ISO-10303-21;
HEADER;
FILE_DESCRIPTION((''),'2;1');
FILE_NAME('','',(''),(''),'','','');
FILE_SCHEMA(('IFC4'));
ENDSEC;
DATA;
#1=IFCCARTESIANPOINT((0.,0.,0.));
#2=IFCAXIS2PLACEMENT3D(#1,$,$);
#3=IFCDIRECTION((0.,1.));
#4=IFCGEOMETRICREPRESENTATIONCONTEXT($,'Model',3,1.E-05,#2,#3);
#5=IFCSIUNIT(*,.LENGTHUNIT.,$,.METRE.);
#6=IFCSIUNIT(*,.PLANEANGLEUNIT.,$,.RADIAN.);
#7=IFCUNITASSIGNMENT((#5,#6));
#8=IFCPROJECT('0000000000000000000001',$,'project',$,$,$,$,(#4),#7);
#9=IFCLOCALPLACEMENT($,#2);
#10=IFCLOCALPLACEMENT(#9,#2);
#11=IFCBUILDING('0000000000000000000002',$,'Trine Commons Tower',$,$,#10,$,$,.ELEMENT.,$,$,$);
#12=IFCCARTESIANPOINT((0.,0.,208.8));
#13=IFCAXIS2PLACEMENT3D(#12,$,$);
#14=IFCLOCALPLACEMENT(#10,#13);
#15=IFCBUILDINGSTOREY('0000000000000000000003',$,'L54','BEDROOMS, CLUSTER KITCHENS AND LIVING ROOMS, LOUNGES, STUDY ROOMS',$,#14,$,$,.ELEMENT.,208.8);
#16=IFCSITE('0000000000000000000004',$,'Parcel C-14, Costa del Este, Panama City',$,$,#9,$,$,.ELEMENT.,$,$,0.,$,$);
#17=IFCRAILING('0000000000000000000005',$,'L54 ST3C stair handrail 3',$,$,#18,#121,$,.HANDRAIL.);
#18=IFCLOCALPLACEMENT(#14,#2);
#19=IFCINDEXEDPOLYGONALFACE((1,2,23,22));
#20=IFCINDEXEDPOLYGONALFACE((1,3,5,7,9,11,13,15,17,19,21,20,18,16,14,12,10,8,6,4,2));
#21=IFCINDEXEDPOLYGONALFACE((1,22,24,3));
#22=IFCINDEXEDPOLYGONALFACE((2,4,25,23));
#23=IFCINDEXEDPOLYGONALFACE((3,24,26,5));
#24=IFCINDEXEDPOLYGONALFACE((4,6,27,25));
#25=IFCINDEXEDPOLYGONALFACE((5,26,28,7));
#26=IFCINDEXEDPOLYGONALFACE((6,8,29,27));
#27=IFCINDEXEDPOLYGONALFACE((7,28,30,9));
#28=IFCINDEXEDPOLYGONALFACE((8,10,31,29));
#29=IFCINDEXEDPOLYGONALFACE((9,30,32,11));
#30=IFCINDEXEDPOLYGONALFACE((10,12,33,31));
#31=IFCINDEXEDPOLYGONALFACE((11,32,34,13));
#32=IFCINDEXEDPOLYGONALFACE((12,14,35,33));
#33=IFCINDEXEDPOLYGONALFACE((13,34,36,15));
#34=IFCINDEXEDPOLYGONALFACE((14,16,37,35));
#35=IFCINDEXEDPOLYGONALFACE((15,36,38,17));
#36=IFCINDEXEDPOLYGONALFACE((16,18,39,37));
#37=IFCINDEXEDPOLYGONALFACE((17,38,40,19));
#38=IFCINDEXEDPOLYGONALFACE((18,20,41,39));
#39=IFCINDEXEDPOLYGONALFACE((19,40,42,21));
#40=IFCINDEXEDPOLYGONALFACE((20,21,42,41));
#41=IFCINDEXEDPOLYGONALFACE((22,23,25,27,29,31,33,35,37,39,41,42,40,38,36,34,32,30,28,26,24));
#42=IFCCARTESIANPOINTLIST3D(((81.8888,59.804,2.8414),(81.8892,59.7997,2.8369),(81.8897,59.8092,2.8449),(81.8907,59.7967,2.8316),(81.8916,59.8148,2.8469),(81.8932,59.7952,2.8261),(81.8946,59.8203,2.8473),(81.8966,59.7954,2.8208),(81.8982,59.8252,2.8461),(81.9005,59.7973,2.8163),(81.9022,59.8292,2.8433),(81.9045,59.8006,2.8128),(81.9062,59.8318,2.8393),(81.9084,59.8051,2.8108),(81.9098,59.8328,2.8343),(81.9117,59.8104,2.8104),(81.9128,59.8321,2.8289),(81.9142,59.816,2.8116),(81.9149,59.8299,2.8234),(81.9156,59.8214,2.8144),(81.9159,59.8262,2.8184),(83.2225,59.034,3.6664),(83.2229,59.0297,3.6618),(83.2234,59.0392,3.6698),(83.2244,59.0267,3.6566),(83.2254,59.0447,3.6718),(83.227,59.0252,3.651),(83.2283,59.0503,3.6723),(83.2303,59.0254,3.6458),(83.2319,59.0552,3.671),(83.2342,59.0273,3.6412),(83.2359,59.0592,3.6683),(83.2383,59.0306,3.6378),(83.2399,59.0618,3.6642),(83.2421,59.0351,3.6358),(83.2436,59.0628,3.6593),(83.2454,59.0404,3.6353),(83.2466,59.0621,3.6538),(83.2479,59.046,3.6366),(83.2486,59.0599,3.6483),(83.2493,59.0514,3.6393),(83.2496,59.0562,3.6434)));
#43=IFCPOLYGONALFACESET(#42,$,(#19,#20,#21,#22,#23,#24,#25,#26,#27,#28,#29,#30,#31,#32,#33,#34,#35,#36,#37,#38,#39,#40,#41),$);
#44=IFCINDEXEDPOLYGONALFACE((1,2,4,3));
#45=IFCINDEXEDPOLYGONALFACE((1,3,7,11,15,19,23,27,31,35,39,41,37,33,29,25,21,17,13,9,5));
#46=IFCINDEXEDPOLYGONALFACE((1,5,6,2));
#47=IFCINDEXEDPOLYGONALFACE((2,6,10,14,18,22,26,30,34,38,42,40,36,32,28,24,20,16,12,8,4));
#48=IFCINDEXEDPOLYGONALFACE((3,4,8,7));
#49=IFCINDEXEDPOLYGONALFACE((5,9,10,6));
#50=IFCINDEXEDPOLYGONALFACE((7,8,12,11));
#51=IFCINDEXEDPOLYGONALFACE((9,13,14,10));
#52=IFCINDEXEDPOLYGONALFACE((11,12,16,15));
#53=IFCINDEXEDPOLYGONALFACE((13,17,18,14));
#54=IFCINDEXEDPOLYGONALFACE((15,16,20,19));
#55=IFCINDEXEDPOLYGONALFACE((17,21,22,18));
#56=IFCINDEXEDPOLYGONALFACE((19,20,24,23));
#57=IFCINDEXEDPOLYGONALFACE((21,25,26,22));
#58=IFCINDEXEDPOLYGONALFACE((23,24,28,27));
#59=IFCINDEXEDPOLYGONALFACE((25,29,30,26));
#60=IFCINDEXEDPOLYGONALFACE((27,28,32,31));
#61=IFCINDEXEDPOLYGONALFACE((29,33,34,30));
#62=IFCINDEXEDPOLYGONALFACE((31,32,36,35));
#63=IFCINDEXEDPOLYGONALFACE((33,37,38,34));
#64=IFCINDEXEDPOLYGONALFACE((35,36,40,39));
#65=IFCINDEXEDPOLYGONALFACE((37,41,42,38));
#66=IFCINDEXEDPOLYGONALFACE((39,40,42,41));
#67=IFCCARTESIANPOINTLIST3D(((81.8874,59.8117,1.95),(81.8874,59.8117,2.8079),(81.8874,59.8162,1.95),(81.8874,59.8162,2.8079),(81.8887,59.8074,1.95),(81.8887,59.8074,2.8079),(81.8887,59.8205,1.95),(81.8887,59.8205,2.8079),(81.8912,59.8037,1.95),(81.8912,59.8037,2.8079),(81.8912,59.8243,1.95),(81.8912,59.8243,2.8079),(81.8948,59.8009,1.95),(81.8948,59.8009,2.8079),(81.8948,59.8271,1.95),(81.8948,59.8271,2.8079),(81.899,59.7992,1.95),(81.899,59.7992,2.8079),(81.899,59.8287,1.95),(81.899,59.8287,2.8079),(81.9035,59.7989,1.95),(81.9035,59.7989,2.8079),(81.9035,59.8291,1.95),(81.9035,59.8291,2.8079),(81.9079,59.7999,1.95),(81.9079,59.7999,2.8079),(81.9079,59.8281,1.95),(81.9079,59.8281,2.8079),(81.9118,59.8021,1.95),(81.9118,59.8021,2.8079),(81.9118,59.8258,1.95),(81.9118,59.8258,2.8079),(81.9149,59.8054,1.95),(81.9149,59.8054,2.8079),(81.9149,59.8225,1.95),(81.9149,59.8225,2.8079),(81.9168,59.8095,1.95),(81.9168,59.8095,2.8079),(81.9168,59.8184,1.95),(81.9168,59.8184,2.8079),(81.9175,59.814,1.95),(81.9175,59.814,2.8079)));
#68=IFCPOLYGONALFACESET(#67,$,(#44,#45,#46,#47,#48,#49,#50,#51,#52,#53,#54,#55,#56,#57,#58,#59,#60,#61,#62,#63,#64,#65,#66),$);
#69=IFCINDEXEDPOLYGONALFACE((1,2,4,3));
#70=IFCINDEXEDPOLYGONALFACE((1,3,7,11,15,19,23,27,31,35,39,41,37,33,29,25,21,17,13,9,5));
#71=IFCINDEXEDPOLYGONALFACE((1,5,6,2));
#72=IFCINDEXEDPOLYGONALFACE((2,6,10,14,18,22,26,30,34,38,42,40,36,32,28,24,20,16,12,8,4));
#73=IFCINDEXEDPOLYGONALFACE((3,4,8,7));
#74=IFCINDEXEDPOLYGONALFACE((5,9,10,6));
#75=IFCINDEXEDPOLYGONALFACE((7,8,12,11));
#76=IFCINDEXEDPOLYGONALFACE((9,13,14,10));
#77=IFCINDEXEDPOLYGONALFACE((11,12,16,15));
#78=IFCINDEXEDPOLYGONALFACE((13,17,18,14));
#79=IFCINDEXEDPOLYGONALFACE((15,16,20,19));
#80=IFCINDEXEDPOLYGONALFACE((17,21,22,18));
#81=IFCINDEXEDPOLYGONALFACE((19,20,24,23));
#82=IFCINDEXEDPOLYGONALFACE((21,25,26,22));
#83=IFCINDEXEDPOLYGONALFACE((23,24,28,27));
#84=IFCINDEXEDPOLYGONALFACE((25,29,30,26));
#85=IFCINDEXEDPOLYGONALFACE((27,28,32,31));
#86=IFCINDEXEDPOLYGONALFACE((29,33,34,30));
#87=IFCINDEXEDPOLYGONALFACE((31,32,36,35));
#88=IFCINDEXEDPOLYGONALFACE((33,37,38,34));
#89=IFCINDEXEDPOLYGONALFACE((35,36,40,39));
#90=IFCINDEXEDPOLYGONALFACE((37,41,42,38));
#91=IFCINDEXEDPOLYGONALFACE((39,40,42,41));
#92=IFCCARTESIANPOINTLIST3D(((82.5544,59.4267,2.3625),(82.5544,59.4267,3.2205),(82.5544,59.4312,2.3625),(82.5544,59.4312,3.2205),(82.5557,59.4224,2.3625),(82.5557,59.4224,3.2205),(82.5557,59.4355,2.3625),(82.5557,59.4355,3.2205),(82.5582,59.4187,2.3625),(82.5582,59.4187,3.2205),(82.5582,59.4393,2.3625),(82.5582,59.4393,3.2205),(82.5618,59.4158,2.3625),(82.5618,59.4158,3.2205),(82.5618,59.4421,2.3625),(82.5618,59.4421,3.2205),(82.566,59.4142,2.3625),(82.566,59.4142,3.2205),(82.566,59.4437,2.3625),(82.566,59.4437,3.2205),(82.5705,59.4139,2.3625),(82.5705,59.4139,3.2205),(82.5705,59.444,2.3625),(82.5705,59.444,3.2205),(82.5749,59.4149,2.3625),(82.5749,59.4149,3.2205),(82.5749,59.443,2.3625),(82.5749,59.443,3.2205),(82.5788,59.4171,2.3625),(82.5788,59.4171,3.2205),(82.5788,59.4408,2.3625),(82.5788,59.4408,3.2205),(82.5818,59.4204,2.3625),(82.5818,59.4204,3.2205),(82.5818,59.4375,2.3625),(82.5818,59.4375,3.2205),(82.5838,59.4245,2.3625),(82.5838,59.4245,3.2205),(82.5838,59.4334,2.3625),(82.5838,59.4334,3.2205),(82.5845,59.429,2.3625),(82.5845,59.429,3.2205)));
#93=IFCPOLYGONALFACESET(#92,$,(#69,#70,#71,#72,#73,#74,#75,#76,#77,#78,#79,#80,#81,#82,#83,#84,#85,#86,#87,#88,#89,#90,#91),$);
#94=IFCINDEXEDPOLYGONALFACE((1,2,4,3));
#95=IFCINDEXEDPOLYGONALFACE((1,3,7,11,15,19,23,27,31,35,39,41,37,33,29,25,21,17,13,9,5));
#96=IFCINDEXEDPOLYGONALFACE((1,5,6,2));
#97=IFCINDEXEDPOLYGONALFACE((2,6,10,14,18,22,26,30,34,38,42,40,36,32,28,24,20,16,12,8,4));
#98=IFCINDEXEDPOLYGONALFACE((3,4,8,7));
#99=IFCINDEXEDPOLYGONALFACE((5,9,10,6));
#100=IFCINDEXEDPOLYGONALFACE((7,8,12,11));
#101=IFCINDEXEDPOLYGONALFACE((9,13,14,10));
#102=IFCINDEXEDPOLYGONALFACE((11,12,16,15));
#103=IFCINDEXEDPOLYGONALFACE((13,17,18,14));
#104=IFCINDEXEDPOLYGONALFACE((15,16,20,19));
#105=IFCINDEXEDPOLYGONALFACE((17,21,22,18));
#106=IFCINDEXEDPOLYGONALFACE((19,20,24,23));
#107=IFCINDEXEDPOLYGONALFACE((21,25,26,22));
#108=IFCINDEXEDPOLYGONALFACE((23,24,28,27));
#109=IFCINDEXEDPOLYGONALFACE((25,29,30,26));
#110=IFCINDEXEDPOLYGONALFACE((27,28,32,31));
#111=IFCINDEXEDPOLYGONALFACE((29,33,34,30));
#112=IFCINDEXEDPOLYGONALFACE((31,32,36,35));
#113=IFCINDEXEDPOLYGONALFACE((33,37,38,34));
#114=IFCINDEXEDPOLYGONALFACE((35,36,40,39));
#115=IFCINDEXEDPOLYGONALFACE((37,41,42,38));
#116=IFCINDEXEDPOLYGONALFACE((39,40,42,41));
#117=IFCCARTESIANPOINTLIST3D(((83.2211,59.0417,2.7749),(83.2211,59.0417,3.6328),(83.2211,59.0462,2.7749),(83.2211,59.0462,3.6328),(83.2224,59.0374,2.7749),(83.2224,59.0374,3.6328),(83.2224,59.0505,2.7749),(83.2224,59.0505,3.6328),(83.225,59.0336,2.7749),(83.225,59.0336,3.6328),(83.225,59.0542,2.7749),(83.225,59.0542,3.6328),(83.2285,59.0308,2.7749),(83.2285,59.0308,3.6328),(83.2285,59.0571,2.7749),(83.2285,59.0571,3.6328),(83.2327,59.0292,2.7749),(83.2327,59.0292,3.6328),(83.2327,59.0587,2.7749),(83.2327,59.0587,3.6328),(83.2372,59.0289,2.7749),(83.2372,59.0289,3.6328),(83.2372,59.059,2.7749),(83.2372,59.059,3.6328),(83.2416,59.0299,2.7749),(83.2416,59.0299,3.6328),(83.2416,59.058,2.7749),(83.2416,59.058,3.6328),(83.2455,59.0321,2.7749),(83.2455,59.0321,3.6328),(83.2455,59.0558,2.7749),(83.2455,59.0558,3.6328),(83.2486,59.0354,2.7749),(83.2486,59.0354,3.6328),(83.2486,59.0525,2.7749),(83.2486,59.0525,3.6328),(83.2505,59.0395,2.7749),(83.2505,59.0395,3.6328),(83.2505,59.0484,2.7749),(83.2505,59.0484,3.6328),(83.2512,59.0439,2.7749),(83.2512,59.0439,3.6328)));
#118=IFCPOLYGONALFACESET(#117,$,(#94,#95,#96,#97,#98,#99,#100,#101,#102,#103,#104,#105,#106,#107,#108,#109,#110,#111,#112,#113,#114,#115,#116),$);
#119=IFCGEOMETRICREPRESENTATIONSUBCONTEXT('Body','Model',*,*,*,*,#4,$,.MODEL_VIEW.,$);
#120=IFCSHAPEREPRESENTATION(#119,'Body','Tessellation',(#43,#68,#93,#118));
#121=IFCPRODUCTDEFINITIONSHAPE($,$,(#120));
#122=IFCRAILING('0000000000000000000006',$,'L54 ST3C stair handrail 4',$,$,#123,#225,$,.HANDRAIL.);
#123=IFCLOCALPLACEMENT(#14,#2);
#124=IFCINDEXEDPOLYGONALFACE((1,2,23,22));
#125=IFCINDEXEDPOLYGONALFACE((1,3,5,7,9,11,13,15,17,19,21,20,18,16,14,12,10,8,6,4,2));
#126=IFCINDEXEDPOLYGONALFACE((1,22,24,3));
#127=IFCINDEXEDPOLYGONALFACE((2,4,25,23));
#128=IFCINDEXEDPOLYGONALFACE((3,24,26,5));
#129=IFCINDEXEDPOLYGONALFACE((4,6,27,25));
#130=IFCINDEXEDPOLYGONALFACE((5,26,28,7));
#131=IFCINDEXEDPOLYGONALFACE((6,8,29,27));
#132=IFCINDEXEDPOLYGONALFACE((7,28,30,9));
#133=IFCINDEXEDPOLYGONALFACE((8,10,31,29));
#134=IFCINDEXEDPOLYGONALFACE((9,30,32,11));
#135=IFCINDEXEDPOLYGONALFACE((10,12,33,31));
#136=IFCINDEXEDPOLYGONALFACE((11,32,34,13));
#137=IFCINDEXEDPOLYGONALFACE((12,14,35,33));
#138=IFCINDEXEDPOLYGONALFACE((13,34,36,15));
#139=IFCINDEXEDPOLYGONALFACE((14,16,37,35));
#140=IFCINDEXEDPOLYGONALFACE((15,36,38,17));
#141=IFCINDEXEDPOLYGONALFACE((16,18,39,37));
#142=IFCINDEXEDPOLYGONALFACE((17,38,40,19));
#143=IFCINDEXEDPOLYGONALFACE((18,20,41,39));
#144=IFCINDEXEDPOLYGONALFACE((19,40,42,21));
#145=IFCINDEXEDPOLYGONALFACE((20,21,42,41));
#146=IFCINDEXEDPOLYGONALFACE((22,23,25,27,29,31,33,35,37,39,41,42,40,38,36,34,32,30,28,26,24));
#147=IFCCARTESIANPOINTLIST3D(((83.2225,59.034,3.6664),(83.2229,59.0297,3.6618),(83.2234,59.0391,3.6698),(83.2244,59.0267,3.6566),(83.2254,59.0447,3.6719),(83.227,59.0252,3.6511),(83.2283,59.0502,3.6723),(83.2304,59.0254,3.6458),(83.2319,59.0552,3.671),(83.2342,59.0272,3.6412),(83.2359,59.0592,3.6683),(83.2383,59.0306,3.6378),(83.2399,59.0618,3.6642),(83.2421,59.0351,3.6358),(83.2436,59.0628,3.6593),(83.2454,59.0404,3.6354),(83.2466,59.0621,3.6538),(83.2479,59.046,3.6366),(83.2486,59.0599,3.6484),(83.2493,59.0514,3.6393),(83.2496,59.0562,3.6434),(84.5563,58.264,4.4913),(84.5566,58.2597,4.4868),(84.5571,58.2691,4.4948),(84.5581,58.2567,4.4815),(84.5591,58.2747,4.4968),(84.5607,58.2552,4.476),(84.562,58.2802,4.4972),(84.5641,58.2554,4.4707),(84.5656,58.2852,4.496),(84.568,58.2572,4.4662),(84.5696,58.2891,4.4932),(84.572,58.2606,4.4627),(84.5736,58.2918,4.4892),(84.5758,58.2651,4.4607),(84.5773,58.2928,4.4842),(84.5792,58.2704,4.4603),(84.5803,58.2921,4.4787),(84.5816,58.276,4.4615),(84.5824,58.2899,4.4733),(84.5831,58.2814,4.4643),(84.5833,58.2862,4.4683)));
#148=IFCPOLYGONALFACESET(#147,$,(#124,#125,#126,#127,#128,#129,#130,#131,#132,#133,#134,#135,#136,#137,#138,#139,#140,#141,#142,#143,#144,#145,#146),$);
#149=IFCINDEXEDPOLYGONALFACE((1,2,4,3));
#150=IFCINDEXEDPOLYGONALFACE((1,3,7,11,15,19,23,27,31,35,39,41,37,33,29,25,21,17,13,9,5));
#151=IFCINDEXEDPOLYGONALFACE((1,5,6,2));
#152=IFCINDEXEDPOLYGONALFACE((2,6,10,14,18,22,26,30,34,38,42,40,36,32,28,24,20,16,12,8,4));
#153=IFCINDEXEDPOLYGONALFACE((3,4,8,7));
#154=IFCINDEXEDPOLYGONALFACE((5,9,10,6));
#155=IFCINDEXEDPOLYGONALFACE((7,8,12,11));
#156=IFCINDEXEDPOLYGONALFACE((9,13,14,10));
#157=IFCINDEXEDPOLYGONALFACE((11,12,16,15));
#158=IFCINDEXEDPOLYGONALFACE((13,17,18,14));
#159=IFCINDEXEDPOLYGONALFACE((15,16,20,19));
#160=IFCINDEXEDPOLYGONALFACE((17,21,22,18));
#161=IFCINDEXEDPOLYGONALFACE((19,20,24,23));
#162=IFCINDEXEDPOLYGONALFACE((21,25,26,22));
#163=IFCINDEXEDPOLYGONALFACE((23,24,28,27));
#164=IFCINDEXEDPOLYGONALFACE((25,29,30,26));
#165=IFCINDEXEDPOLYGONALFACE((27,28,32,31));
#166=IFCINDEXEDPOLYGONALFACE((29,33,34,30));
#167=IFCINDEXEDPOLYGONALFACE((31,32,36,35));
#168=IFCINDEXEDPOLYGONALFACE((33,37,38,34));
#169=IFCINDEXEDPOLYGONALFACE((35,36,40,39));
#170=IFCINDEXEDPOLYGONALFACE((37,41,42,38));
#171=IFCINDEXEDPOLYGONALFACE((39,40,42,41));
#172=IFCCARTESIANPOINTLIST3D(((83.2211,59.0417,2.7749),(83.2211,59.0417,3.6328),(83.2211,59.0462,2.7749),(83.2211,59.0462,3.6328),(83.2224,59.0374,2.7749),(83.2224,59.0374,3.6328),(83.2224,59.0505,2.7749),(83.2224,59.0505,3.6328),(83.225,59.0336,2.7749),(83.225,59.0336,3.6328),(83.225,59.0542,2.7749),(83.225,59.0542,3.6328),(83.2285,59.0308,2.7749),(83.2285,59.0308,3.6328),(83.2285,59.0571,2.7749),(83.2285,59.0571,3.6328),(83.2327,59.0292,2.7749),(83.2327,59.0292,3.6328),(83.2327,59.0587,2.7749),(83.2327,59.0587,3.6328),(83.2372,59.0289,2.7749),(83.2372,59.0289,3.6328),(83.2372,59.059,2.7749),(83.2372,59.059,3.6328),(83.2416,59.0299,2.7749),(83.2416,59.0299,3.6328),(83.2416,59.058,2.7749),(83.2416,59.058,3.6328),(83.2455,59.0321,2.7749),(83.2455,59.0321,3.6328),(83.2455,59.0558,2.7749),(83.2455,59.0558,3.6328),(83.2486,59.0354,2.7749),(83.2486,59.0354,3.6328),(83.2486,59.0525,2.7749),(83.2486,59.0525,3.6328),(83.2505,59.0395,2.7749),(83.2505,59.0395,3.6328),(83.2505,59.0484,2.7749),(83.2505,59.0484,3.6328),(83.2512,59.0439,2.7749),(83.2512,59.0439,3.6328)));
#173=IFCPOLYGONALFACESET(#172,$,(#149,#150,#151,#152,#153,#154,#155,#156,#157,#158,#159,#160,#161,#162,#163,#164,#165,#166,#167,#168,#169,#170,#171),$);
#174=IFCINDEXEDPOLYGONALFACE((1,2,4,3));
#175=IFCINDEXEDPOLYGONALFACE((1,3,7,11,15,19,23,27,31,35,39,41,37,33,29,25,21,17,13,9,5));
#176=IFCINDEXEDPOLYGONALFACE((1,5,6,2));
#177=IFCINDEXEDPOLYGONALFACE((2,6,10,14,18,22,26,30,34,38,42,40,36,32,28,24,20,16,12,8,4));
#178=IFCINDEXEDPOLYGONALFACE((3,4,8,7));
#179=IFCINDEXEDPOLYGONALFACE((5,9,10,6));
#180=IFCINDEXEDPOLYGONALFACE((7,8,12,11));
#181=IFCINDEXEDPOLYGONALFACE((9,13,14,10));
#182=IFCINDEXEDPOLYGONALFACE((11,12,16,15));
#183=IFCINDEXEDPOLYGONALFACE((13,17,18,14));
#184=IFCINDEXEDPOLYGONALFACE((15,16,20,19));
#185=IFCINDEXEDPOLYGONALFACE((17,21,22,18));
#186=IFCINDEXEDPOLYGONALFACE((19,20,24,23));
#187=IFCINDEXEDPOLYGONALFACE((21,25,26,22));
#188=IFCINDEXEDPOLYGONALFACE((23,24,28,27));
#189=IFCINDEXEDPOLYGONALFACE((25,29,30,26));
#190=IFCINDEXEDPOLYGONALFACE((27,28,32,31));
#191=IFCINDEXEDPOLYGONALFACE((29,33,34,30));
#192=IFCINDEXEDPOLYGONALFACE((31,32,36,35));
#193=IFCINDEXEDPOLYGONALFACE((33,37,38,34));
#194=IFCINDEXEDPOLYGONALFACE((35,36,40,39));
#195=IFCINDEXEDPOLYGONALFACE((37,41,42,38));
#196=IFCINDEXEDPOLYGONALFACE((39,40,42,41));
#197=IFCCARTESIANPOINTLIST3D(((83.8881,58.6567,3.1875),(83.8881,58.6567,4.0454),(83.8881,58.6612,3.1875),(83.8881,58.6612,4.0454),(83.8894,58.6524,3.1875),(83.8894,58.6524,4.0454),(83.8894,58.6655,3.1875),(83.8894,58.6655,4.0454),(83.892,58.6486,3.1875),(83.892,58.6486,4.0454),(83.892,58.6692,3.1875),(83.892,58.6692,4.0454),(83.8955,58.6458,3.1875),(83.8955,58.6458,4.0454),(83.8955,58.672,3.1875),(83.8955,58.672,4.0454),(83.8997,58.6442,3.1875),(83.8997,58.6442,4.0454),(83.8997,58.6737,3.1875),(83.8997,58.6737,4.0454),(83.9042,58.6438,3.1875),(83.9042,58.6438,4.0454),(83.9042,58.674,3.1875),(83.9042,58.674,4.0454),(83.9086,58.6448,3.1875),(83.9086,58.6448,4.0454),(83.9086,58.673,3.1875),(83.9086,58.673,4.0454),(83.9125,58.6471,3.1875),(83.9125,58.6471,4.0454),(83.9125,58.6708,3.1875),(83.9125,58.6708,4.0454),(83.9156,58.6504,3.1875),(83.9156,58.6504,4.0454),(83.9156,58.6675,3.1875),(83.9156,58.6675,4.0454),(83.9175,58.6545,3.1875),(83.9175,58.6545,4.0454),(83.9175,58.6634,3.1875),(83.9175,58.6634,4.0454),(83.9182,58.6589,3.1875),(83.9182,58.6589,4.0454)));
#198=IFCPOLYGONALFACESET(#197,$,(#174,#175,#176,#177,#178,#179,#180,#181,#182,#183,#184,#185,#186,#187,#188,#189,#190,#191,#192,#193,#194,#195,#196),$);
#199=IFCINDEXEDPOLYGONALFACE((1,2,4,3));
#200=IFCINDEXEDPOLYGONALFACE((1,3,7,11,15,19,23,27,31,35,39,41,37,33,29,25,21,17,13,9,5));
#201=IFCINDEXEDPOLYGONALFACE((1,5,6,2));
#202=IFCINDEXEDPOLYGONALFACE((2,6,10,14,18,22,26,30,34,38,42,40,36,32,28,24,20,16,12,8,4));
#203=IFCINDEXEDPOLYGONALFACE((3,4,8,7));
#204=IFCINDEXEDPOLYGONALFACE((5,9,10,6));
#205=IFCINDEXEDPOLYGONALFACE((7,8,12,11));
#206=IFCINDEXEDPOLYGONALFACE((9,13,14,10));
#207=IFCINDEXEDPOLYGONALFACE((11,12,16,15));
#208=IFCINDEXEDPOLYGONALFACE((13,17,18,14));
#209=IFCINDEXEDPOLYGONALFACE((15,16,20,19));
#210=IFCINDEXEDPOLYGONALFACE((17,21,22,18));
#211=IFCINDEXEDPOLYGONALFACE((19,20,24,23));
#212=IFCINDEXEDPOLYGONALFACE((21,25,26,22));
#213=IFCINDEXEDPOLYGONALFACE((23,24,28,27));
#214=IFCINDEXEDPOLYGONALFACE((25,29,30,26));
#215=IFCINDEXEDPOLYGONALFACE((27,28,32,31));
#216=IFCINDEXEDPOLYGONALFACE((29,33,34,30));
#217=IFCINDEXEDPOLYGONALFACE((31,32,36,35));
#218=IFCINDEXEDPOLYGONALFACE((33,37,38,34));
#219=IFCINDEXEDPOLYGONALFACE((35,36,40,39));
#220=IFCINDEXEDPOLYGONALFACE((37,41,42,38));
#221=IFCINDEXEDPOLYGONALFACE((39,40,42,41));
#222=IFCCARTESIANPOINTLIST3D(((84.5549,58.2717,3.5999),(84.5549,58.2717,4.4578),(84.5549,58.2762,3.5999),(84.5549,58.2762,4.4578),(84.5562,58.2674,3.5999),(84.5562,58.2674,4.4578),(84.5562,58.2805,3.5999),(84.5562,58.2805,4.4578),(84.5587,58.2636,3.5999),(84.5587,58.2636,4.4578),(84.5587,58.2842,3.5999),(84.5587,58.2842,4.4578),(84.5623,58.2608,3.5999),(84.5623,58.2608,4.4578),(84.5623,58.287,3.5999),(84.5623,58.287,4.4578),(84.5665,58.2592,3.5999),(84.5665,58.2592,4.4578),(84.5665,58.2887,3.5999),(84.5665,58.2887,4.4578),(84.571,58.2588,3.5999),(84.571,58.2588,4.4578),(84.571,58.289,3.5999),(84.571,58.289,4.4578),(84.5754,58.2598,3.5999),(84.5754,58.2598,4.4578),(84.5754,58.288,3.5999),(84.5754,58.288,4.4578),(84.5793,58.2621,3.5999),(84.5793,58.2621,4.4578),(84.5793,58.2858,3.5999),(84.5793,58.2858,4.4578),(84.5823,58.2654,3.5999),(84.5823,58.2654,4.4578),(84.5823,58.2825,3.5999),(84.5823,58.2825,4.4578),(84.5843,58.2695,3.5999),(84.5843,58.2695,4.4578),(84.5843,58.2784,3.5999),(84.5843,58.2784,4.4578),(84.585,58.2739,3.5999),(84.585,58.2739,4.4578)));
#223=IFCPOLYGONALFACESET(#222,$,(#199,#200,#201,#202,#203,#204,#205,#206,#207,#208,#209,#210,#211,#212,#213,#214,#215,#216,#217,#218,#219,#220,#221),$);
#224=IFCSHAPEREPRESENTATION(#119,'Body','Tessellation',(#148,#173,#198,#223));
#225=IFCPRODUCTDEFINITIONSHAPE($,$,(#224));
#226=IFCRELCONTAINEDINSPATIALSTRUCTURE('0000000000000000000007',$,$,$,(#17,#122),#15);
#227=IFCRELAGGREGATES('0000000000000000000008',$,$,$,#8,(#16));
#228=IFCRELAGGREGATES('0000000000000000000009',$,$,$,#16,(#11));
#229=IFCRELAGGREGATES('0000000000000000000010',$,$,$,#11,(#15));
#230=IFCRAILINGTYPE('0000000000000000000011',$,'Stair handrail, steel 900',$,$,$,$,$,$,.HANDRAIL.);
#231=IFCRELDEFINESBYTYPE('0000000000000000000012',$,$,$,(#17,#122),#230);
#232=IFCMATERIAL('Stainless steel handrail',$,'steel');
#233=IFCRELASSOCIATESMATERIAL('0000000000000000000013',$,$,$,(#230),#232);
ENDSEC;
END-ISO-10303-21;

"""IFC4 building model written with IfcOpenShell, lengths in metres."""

from ifc_helpers import new_model, si_unit, direction, frame, origin, origin_2d, place, context, subcontext, project, spatial, circle, extrude, material, type_object, element, save


model = new_model("IFC4")

# Units and contexts
model_context = context("Model", 3, precision=1e-05, world=origin(), true_north=direction((0.0, 1.0)))
body_context = subcontext(model_context, "Body", "Model", "MODEL_VIEW")
ifc_project = project(units=[si_unit("LENGTHUNIT", "METRE"), si_unit("PLANEANGLEUNIT", "RADIAN")], contexts=[model_context])

# Site, building, storey
site_placement = place(None, origin())
site = spatial("IfcSite", under=ifc_project, at=site_placement, Name="Parcel C-14, Costa del Este, Panama City", CompositionType="ELEMENT", RefElevation=0.0)
building_placement = place(site_placement, origin())
building = spatial("IfcBuilding", under=site, at=building_placement, Name="Trine Commons Tower", CompositionType="ELEMENT")
storey_placement = place(building_placement, frame((0.0, 0.0, 208.8)))
storey = spatial("IfcBuildingStorey", under=building, at=storey_placement, Name="L54", Description="BEDROOMS, CLUSTER KITCHENS AND LIVING ROOMS, LOUNGES, STUDY ROOMS", CompositionType="ELEMENT", Elevation=208.8)

# Railings
ifc_material_1 = material(Name="Stainless steel handrail", Category="steel")
railing_type_1 = type_object("IfcRailingType", Name="Stair handrail, steel 900", PredefinedType="HANDRAIL", material=ifc_material_1)
for number, where, name in (
    (1, (81.9023, 59.814, 1.95), "L54 ST3C stair handrail 3"),
    (2, (83.2361, 59.0439, 2.7749), "L54 ST3C stair handrail 4"),
):
    element("IfcRailing", number, at=place(storey_placement, frame(where)), inside=storey, type_object=railing_type_1, Name=name, PredefinedType="HANDRAIL", context=body_context, shape_type="SweptSolid", body=[
        extrude(circle(Radius=0.021, at=origin_2d()), frame((0.0, 0.0, 0.8789), z_axis=(0.763405, -0.440743, 0.472185), x_axis=(0.499992, 0.86603, 0.0)), (0.0, 0.0, 1.0), 1.7471),
        extrude(circle(Radius=0.0151, at=origin_2d()), origin(), (0.0, 0.0, 1.0), 0.8579),
        extrude(circle(Radius=0.0151, at=origin_2d()), frame((0.667, -0.385, 0.4126)), (0.0, 0.0, 1.0), 0.8579),
        extrude(circle(Radius=0.0151, at=origin_2d()), frame((1.3337, -0.77, 0.825)), (0.0, 0.0, 1.0), 0.8579),
    ])

save(model, "model.ifc")
